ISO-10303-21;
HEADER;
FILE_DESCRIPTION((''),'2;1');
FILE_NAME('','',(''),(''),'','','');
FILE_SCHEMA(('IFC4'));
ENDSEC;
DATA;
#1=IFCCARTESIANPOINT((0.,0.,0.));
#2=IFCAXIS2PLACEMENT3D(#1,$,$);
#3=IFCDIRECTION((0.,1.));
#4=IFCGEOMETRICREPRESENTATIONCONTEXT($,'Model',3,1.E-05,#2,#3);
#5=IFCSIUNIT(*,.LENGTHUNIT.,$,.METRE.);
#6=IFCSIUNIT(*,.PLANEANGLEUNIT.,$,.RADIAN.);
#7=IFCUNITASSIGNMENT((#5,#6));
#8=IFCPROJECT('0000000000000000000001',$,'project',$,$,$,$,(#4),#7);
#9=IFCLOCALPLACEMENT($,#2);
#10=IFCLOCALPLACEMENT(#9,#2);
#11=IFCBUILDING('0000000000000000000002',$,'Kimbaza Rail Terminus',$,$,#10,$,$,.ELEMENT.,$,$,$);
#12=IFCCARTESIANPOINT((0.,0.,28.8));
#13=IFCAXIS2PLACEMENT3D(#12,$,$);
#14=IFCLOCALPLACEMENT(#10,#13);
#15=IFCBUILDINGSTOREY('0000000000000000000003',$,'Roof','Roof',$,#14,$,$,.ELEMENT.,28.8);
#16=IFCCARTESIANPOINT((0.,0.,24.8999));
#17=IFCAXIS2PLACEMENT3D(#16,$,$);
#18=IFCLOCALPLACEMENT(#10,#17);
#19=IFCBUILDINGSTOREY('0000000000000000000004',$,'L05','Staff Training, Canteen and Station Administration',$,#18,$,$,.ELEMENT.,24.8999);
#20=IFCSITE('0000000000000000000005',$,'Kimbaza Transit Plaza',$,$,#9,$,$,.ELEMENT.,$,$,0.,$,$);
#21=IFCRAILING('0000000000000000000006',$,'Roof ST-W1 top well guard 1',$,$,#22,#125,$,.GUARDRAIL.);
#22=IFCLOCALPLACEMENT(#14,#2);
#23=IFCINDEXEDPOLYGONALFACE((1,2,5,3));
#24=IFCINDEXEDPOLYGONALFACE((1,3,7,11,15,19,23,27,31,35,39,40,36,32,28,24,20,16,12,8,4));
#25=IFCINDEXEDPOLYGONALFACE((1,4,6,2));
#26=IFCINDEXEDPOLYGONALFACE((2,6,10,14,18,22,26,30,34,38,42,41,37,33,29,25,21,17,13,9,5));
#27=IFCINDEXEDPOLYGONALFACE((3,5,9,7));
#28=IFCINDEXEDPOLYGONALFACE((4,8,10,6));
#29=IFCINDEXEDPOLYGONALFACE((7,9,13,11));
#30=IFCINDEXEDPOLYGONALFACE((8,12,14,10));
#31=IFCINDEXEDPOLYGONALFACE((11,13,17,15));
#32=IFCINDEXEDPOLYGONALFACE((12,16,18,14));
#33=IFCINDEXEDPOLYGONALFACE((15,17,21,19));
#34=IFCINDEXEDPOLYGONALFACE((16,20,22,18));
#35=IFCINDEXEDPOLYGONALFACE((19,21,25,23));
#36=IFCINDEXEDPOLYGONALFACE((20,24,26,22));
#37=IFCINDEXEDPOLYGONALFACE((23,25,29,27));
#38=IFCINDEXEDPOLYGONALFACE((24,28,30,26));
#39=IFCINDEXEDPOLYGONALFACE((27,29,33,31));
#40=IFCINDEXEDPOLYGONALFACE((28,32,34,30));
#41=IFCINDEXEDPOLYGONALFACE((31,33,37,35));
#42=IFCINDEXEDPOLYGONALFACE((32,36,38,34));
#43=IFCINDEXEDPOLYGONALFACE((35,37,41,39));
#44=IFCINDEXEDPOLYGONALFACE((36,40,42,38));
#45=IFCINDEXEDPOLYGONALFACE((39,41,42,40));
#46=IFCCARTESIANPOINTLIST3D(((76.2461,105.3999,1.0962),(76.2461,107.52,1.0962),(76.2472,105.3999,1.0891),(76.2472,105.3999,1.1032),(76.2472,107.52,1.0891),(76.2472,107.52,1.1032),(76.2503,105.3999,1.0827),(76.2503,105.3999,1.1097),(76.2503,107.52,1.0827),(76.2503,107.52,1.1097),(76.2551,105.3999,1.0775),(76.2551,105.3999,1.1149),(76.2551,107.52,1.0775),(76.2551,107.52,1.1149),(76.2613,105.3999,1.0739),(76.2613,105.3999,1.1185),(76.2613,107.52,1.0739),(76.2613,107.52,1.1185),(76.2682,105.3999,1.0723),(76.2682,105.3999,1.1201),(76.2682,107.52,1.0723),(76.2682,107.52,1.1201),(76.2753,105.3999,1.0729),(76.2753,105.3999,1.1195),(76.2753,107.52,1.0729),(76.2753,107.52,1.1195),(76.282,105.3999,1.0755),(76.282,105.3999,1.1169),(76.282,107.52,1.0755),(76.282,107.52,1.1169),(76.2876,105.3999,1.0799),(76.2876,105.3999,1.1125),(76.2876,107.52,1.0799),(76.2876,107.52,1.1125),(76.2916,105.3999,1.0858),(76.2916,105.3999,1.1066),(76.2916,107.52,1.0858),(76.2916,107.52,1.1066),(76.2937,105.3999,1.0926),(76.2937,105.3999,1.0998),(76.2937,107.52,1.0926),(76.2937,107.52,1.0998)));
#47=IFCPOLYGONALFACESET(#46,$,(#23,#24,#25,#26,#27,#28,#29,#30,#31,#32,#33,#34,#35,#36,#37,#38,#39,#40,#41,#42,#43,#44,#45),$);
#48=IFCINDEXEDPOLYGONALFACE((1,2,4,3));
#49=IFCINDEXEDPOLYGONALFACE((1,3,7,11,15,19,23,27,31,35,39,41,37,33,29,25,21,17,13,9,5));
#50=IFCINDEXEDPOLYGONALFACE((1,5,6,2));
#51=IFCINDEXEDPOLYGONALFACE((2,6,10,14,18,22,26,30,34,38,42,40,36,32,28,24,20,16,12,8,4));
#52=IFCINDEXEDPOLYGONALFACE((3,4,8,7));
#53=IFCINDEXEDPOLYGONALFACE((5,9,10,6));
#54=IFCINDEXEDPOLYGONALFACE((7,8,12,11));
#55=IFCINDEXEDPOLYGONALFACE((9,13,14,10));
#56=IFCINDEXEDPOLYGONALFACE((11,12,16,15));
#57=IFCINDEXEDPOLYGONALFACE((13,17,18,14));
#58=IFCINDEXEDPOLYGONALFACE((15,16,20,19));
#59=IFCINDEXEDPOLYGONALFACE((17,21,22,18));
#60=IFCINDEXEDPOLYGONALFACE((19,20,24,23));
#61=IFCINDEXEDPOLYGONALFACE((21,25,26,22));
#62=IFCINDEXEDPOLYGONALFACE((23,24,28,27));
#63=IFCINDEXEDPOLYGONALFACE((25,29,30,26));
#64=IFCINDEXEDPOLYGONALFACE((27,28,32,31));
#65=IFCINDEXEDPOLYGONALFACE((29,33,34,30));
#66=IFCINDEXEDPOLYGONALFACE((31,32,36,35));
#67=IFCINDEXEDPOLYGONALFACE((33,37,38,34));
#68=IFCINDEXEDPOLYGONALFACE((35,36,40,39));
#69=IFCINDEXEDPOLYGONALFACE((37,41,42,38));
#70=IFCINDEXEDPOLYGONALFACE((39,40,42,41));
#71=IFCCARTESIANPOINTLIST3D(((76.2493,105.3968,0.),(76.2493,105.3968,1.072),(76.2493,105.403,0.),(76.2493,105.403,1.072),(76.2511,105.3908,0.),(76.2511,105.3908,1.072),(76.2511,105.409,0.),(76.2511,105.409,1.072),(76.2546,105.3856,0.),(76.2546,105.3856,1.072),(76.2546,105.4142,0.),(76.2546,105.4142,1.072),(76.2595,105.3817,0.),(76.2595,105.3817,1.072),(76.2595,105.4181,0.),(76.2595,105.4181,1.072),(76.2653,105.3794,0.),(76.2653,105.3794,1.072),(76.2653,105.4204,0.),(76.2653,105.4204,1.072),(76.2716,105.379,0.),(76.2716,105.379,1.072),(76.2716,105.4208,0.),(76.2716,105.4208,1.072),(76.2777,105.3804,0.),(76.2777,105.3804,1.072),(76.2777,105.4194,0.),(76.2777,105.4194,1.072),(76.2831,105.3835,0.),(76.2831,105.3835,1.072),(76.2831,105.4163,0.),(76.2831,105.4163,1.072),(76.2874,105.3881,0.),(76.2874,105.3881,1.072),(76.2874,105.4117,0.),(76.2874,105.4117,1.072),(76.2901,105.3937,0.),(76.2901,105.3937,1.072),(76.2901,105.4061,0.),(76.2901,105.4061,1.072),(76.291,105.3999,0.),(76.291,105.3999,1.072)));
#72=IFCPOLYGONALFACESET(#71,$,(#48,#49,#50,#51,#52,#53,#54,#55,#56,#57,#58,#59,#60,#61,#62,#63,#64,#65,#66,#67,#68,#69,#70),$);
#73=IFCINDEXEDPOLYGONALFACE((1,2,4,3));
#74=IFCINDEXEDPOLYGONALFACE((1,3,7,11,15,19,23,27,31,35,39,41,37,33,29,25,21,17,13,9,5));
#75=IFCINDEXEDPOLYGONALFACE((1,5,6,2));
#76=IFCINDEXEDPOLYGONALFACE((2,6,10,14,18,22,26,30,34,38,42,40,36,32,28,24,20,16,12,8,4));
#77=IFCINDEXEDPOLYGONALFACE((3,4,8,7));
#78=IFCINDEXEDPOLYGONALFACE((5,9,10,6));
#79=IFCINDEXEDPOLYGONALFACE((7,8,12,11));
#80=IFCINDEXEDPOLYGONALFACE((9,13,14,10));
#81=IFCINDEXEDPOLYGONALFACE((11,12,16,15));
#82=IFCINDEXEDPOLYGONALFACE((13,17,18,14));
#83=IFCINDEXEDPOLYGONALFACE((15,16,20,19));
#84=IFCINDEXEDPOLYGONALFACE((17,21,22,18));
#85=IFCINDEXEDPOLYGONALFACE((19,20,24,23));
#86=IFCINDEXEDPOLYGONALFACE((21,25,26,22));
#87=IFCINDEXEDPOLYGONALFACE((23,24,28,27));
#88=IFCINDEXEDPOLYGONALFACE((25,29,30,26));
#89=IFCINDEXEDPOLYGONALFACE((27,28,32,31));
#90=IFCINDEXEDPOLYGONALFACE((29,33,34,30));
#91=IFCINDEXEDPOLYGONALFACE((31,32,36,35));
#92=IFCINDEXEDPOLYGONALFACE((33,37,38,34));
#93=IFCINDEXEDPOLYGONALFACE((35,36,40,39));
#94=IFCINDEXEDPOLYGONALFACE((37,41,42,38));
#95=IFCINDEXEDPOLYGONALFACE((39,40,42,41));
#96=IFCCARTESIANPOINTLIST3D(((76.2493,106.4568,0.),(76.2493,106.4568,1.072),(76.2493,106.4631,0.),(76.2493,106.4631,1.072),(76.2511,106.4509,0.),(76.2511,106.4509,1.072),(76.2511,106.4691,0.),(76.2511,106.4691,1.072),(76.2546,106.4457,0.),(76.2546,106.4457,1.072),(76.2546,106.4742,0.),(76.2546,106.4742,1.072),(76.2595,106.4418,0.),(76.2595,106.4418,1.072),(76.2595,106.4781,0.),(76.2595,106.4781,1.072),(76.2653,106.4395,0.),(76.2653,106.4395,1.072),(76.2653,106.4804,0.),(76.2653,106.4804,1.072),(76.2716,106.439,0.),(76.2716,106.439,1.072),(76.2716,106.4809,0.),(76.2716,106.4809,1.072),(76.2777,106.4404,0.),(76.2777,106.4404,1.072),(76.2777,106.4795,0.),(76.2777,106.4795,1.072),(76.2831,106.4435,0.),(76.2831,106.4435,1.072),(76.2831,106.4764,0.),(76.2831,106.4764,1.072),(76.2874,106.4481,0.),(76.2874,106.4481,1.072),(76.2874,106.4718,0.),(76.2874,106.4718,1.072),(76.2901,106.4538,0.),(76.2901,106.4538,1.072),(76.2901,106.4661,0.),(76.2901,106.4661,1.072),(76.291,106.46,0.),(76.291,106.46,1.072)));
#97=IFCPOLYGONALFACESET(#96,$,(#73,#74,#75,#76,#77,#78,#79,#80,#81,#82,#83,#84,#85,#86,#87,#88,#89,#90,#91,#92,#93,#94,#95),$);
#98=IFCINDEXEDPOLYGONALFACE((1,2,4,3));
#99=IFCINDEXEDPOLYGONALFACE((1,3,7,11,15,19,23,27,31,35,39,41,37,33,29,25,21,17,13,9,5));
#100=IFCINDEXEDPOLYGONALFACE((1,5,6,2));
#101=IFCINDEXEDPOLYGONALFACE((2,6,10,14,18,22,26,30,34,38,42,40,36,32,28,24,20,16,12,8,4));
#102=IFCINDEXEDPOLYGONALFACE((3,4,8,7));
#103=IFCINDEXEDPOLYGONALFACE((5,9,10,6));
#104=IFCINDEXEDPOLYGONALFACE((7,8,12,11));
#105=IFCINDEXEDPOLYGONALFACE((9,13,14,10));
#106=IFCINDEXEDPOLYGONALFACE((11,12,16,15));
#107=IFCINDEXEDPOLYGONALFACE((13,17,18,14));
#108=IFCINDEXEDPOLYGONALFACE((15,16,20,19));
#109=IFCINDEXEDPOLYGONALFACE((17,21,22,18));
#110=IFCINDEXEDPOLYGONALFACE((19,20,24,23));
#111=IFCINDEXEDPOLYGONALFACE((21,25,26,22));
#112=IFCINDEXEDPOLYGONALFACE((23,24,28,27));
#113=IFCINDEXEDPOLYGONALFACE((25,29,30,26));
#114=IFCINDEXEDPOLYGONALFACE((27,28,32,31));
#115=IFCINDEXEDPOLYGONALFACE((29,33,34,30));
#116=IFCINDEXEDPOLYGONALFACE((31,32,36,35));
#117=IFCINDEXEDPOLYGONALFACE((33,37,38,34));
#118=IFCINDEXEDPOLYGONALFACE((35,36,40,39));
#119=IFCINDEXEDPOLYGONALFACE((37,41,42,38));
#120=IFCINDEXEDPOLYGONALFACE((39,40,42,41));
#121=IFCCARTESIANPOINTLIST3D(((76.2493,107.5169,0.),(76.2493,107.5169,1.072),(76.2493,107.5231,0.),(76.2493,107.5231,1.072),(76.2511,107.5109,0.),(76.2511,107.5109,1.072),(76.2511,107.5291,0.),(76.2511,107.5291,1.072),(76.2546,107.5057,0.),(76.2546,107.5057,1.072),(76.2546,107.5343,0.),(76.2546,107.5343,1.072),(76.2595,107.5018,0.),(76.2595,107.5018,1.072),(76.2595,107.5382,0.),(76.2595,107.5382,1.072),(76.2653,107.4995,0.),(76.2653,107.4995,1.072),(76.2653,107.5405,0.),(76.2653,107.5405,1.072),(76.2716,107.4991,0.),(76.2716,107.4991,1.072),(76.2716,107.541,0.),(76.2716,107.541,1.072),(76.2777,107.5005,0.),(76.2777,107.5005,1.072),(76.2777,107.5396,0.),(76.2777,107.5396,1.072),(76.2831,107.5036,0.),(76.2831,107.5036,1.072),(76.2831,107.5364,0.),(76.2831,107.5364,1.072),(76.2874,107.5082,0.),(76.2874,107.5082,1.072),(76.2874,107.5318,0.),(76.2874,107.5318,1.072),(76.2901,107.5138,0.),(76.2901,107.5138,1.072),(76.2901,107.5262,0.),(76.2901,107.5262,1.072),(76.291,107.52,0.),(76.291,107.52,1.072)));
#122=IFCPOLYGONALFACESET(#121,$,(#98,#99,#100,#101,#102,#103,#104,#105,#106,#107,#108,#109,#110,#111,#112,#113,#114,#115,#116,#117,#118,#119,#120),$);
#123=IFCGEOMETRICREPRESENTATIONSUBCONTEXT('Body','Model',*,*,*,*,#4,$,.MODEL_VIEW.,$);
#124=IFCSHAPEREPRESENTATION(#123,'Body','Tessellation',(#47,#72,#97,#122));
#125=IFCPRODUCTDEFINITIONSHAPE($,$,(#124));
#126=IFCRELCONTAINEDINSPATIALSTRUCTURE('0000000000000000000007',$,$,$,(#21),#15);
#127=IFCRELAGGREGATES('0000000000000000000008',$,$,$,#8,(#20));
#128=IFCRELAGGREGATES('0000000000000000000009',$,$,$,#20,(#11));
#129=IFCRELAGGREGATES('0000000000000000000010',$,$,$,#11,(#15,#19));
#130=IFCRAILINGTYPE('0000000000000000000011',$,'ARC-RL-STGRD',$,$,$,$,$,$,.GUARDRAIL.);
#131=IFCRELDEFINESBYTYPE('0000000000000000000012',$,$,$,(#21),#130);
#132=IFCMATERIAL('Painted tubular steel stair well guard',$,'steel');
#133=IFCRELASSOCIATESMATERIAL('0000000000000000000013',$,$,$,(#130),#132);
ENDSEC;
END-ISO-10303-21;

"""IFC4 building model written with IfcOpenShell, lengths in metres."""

from ifc_helpers import new_model, si_unit, direction, frame, origin, origin_2d, place, context, subcontext, project, spatial, circle, extrude, material, type_object, element, save


model = new_model("IFC4")

# Units and contexts
model_context = context("Model", 3, precision=1e-05, world=origin(), true_north=direction((0.0, 1.0)))
body_context = subcontext(model_context, "Body", "Model", "MODEL_VIEW")
ifc_project = project(units=[si_unit("LENGTHUNIT", "METRE"), si_unit("PLANEANGLEUNIT", "RADIAN")], contexts=[model_context])

# Site, building, storey
site_placement = place(None, origin())
site = spatial("IfcSite", under=ifc_project, at=site_placement, Name="Kimbaza Transit Plaza", CompositionType="ELEMENT", RefElevation=0.0)
building_placement = place(site_placement, origin())
building = spatial("IfcBuilding", under=site, at=building_placement, Name="Kimbaza Rail Terminus", CompositionType="ELEMENT")
storey_1_placement = place(building_placement, frame((0.0, 0.0, 28.8)))
storey_1 = spatial("IfcBuildingStorey", under=building, at=storey_1_placement, Name="Roof", Description="Roof", CompositionType="ELEMENT", Elevation=28.8)

# Shared definitions
storey_2_placement = place(building_placement, frame((0.0, 0.0, 24.8999)))
storey_2 = spatial("IfcBuildingStorey", under=building, at=storey_2_placement, Name="L05", Description="Staff Training, Canteen and Station Administration", CompositionType="ELEMENT", Elevation=24.8999)

# Railing
ifc_material_1 = material(Name="Painted tubular steel stair well guard", Category="steel")
railing_type = type_object("IfcRailingType", Name="ARC-RL-STGRD", PredefinedType="GUARDRAIL", material=ifc_material_1)
railing_placement = place(storey_1_placement, frame((76.27, 105.3999, 0.0)))
element("IfcRailing", 1, at=railing_placement, inside=storey_1, type_object=railing_type, Name="Roof ST-W1 top well guard 1", PredefinedType="GUARDRAIL", context=body_context, shape_type="SweptSolid", body=[
    extrude(circle(Radius=0.0239, at=origin_2d()), frame((0.0, 0.0, 1.0962), z_axis=(0.0, 1.0, 0.0), x_axis=(-1.0, 0.0, 0.0)), (0.0, 0.0, 1.0), 2.1201),
    extrude(circle(Radius=0.021, at=origin_2d()), origin(), (0.0, 0.0, 1.0), 1.072),
    extrude(circle(Radius=0.021, at=origin_2d()), frame((0.0, 1.0601, 0.0)), (0.0, 0.0, 1.0), 1.072),
    extrude(circle(Radius=0.021, at=origin_2d()), frame((0.0, 2.1201, 0.0)), (0.0, 0.0, 1.0), 1.072),
])

save(model, "model.ifc")
